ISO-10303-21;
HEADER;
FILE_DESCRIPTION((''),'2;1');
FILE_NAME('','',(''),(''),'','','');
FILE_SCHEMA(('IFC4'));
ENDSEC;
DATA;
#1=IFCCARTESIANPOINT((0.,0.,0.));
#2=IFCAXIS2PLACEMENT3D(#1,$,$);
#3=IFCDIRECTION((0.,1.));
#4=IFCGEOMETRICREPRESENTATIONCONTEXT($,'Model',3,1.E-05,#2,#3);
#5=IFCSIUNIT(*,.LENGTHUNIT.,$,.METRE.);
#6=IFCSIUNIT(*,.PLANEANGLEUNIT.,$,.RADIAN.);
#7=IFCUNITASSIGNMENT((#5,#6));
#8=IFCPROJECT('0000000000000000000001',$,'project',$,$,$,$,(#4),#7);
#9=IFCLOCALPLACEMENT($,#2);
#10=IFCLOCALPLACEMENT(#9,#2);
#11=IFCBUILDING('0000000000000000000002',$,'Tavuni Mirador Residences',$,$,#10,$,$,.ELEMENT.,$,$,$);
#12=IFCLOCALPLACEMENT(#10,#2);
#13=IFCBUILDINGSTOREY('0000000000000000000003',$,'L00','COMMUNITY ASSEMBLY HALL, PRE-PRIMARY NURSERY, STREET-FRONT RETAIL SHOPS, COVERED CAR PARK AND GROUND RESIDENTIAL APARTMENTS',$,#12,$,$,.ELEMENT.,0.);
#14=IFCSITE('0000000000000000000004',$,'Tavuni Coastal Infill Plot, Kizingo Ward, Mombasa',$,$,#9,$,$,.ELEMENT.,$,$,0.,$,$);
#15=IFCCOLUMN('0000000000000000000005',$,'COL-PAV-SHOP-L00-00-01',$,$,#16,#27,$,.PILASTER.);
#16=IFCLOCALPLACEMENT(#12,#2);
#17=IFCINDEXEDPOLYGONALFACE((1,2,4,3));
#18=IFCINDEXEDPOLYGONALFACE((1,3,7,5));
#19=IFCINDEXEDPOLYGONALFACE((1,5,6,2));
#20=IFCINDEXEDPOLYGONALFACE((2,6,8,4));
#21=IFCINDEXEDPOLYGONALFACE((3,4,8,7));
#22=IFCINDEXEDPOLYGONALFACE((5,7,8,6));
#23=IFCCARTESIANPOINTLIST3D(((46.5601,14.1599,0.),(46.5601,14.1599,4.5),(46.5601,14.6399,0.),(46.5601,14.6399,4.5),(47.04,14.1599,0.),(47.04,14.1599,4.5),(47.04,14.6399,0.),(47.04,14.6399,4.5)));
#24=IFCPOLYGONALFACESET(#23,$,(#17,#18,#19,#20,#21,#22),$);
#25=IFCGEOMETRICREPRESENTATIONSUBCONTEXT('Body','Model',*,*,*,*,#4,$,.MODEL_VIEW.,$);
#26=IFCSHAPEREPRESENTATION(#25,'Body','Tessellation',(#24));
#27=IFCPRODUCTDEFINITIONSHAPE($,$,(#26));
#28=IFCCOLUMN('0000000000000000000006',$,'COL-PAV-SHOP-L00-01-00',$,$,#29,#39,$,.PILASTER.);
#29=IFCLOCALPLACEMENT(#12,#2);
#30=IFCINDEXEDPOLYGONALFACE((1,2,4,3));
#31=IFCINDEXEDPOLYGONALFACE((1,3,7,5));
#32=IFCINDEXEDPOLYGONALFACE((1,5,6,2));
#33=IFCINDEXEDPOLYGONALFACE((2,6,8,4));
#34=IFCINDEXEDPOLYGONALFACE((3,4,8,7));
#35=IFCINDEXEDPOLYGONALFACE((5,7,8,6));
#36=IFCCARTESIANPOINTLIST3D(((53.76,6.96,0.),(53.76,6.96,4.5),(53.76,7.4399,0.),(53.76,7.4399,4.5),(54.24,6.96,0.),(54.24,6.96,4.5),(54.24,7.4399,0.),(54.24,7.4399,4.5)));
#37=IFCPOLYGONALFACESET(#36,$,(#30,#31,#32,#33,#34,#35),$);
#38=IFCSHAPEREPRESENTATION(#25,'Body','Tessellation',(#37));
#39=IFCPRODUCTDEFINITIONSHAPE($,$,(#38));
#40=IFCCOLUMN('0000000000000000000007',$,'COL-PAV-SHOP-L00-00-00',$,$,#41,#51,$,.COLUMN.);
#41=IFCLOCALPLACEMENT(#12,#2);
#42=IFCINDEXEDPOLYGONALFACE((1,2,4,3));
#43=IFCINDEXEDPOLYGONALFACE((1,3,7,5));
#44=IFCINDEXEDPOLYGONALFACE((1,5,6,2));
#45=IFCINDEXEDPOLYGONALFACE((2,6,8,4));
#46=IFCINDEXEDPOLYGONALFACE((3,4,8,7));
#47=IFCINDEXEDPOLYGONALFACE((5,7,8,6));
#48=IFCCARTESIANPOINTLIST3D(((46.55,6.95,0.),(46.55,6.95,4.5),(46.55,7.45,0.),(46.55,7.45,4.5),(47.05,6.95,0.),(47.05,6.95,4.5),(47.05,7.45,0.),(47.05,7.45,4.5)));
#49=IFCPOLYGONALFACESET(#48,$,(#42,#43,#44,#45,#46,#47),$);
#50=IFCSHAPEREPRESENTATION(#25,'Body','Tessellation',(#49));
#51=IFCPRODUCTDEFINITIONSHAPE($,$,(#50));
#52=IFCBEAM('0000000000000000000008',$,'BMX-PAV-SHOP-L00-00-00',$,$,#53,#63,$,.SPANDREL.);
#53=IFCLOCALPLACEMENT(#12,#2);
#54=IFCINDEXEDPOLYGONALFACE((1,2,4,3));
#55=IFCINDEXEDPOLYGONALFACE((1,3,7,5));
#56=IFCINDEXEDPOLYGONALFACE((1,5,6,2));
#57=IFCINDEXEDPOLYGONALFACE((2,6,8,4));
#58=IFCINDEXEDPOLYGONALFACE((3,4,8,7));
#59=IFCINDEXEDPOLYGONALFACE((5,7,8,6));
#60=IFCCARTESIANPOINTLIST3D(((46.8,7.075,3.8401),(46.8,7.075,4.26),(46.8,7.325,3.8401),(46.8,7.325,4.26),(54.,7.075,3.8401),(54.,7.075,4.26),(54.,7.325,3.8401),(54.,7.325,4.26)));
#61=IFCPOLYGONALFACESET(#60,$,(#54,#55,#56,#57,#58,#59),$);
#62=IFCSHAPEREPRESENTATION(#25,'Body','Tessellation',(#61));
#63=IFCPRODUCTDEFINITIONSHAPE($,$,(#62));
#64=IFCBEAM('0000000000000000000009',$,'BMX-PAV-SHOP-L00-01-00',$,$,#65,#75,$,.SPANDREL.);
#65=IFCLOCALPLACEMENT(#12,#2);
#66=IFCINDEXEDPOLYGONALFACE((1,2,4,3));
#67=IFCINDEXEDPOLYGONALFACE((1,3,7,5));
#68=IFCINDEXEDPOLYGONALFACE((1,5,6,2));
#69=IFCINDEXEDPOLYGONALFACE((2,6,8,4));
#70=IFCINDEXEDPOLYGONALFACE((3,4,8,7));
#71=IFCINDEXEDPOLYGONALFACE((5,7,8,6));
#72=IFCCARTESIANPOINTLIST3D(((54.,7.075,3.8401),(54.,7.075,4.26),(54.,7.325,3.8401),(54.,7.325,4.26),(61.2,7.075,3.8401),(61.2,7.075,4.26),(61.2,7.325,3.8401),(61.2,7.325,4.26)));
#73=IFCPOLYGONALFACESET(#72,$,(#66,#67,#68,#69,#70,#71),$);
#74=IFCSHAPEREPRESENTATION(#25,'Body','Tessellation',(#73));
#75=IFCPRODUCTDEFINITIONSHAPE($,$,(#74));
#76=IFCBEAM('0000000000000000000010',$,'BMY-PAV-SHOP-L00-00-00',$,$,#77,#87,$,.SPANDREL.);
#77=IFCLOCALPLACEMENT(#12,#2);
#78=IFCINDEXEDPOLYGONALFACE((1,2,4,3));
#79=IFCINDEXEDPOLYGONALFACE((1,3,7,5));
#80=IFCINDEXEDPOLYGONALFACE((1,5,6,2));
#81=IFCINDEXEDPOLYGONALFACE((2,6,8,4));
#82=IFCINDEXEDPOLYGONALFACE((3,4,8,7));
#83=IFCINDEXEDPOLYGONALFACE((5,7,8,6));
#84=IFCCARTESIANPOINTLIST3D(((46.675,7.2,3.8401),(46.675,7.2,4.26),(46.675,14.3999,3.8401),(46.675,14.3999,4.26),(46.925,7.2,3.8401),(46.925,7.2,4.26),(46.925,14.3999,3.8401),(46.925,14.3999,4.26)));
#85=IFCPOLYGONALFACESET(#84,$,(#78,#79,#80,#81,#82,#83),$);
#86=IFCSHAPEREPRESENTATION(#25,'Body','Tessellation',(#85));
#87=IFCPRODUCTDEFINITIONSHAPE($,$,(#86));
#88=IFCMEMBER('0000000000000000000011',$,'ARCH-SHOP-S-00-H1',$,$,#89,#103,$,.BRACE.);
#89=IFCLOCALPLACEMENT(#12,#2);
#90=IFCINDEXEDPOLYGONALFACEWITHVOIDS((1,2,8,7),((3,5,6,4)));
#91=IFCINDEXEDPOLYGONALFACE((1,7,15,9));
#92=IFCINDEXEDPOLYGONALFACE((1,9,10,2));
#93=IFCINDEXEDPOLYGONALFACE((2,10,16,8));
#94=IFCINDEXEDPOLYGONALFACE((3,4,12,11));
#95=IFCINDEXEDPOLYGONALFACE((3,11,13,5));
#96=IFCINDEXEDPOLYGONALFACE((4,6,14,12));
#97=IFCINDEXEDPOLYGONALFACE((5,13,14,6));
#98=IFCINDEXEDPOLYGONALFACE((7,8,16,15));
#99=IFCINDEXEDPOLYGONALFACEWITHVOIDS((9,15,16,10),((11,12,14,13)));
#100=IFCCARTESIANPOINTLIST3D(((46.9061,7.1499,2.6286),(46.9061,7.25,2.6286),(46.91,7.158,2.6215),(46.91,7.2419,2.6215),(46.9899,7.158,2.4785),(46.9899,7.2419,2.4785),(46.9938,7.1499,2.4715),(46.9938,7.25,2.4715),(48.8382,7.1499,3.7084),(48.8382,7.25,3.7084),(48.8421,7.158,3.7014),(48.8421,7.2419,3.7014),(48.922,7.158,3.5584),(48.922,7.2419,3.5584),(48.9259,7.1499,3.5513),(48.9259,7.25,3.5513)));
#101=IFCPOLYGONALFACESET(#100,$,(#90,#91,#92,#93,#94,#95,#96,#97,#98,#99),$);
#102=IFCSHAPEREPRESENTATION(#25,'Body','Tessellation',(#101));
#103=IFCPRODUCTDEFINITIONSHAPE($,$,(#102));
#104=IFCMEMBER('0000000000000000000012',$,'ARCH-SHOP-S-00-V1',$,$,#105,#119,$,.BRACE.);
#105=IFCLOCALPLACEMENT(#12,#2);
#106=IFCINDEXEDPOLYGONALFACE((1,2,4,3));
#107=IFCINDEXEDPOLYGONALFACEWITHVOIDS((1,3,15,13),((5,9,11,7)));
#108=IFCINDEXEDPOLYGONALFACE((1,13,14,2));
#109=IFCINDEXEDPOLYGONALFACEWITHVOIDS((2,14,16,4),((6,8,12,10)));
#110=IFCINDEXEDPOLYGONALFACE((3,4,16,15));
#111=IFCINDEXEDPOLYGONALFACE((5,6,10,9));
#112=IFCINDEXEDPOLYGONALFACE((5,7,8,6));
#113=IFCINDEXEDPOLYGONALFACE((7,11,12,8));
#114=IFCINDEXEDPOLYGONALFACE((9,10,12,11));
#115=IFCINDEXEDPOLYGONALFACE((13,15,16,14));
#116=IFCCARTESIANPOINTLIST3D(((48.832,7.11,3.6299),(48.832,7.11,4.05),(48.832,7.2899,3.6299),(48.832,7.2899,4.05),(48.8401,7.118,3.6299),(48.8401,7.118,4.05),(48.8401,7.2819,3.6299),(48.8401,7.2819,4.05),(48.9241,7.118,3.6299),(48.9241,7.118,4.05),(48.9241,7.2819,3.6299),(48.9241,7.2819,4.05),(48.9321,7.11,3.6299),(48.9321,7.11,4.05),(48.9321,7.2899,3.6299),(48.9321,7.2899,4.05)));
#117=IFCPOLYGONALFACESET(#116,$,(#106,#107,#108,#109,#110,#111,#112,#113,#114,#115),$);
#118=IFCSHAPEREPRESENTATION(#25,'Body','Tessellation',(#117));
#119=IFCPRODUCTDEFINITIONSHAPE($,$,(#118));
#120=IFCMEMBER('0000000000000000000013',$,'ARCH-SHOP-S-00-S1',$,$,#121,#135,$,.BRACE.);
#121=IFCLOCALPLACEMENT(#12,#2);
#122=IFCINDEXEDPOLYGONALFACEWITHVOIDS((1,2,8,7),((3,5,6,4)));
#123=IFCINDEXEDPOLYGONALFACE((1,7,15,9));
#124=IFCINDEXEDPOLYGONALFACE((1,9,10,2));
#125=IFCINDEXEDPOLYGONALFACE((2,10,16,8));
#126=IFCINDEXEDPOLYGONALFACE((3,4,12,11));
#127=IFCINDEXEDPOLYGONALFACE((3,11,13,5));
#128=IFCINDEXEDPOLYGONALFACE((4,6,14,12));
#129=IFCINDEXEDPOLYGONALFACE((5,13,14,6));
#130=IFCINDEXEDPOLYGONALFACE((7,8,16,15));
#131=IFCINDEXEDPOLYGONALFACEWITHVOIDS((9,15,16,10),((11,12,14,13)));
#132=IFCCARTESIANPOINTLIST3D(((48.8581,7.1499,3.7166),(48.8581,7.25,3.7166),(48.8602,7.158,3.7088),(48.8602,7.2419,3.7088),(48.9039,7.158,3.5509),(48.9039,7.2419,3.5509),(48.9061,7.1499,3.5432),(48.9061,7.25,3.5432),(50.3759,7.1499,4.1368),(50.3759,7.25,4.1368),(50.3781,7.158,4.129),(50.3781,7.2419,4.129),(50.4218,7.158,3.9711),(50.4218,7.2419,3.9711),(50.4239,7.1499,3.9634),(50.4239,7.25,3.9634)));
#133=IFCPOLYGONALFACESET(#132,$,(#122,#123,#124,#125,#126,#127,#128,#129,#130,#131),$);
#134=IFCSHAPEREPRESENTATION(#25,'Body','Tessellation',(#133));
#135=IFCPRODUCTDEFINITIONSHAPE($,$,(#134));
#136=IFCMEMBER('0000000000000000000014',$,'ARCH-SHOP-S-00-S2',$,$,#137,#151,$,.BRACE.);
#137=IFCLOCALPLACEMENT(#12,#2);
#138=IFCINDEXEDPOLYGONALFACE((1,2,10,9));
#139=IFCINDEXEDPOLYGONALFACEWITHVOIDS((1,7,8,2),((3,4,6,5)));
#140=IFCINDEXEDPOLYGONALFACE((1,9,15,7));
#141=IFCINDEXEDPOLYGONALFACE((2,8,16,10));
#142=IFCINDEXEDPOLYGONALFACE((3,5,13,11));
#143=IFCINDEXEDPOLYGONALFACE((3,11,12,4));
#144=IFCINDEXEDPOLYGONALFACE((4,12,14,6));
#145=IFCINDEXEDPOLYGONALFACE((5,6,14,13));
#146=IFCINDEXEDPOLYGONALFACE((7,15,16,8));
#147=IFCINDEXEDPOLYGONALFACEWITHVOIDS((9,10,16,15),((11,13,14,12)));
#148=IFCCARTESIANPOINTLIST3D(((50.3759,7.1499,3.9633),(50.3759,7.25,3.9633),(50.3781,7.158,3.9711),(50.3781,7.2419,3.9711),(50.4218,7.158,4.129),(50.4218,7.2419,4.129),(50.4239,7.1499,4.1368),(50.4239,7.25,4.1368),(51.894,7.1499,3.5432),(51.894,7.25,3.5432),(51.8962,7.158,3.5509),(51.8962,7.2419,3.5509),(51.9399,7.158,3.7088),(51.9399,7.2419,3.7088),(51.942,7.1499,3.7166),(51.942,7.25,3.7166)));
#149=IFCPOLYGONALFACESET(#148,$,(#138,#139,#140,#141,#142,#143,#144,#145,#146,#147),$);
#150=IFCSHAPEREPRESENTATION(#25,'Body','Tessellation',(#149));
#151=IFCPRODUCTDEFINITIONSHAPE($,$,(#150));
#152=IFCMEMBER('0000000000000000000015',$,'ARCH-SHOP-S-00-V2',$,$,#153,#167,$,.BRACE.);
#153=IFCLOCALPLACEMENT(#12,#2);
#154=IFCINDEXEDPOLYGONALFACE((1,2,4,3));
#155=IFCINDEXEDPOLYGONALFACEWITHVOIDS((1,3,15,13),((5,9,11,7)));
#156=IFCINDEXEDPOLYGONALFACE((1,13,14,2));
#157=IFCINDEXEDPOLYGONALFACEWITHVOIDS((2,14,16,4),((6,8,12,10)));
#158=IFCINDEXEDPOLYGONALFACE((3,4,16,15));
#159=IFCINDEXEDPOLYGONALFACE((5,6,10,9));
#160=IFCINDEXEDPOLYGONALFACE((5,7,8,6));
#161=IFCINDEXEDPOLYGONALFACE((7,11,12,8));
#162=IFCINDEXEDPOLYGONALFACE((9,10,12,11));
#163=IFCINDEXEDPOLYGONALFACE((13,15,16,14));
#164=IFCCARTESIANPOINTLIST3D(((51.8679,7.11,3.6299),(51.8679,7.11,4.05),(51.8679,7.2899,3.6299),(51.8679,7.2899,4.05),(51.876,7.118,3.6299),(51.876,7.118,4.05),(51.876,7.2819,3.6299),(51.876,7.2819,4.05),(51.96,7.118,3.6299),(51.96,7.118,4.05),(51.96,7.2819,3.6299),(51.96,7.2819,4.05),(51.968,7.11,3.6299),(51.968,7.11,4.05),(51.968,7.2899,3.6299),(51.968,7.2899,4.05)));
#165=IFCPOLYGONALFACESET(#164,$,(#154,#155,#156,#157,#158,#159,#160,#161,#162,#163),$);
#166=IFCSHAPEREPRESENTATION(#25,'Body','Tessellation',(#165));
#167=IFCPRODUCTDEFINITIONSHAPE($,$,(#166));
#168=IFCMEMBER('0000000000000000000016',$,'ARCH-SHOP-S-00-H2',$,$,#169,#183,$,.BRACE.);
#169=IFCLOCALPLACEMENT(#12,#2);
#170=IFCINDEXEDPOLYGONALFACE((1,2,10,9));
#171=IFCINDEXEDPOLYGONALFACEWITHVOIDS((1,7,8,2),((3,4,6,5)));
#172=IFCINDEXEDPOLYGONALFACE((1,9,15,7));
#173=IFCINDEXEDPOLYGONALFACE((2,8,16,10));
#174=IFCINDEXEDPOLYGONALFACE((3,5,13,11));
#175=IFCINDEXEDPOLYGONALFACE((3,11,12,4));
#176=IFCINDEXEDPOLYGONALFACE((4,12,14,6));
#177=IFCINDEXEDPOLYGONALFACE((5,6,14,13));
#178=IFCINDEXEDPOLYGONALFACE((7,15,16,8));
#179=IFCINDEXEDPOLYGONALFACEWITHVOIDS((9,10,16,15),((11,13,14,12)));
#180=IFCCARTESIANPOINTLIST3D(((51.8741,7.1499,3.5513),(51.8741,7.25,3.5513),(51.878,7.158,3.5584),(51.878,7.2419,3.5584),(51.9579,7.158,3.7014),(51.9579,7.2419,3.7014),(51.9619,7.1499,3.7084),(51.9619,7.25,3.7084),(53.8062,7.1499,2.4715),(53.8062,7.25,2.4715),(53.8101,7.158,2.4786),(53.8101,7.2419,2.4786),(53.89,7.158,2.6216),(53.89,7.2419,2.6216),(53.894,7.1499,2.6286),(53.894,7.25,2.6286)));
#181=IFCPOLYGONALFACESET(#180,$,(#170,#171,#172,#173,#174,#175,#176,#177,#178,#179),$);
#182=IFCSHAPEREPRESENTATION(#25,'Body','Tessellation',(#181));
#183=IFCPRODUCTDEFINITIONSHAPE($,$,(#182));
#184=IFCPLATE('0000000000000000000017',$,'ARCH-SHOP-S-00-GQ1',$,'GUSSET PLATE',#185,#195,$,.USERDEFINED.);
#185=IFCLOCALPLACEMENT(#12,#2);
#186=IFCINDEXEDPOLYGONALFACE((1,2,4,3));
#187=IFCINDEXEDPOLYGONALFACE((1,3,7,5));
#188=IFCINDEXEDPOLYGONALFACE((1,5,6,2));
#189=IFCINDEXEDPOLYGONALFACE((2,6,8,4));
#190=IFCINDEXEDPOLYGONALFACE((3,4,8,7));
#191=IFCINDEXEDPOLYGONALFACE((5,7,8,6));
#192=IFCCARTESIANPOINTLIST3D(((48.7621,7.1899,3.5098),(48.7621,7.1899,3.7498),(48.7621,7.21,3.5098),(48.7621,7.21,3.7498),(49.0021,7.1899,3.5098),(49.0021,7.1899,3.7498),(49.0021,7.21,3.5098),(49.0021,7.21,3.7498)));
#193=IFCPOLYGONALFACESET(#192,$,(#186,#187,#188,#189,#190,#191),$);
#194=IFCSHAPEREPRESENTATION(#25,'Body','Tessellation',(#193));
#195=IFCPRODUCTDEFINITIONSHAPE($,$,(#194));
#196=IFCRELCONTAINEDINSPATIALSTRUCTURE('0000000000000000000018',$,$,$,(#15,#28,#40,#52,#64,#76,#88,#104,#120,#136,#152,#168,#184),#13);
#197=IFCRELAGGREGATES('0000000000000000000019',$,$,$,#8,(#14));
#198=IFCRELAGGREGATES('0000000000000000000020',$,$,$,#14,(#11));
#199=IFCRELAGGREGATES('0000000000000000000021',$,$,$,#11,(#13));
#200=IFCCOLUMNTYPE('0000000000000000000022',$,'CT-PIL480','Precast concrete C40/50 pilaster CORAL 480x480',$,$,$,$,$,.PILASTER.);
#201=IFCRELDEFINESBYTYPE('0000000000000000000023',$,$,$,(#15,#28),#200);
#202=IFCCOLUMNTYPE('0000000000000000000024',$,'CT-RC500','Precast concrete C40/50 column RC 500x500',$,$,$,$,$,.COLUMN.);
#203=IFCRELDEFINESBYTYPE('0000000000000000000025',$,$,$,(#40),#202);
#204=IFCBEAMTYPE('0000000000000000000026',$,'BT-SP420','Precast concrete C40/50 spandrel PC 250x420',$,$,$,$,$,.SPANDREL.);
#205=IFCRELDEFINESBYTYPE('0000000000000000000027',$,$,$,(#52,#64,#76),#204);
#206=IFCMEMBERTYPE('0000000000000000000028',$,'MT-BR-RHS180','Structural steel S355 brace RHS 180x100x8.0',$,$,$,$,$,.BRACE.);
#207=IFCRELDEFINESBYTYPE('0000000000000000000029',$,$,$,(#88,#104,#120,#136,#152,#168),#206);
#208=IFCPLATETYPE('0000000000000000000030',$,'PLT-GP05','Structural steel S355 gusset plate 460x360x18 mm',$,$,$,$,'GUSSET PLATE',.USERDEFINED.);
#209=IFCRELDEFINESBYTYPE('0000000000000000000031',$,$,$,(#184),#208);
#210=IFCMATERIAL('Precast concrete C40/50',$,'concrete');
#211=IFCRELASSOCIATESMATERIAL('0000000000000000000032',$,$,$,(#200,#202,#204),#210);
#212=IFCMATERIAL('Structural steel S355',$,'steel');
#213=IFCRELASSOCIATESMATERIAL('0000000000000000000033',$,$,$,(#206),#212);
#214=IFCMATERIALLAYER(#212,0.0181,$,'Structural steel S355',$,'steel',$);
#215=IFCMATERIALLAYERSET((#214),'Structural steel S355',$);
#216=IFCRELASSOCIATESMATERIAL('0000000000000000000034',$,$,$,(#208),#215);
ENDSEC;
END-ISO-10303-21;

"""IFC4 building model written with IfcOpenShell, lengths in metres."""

from ifc_helpers import new_model, si_unit, direction, frame, origin, origin_2d, place, context, subcontext, project, spatial, rectangle, hollow_rectangle, extrude, material, layer, layer_set, material_profile, profile_set, type_object, element, save


model = new_model("IFC4")

# Units and contexts
model_context = context("Model", 3, precision=1e-05, world=origin(), true_north=direction((0.0, 1.0)))
body_context = subcontext(model_context, "Body", "Model", "MODEL_VIEW")
ifc_project = project(units=[si_unit("LENGTHUNIT", "METRE"), si_unit("PLANEANGLEUNIT", "RADIAN")], contexts=[model_context])

# Site, building, storey
site_placement = place(None, origin())
site = spatial("IfcSite", under=ifc_project, at=site_placement, Name="Tavuni Coastal Infill Plot, Kizingo Ward, Mombasa", CompositionType="ELEMENT", RefElevation=0.0)
building_placement = place(site_placement, origin())
building = spatial("IfcBuilding", under=site, at=building_placement, Name="Tavuni Mirador Residences", CompositionType="ELEMENT")
storey_placement = place(building_placement, origin())
storey = spatial("IfcBuildingStorey", under=building, at=storey_placement, Name="L00", Description="COMMUNITY ASSEMBLY HALL, PRE-PRIMARY NURSERY, STREET-FRONT RETAIL SHOPS, COVERED CAR PARK AND GROUND RESIDENTIAL APARTMENTS", CompositionType="ELEMENT", Elevation=0.0)

# Columns
ifc_material_1 = material(Name="Precast concrete C40/50", Category="concrete")
ifc_material_profile_1 = material_profile(ifc_material_1, rectangle(XDim=0.48, YDim=0.48, at=origin_2d()), Name="CORAL 480x480", Category="concrete")
ifc_profile_set_1 = profile_set([ifc_material_profile_1], Name="Precast concrete C40/50")
column_type_1 = type_object("IfcColumnType", Name="CT-PIL480", Description="Precast concrete C40/50 pilaster CORAL 480x480", PredefinedType="PILASTER", material=ifc_profile_set_1)
for number, where, z_axis, x_axis, name in (
    (1, (46.8, 14.3999, 0.0), (0.0, 0.0, 1.0), (1.0, 0.0, 0.0), "COL-PAV-SHOP-L00-00-01"),
    (2, (54.0, 7.2, 0.0), (0.0, 0.0, 1.0), (1.0, 0.0, 0.0), "COL-PAV-SHOP-L00-01-00"),
):
    element("IfcColumn", number, at=place(storey_placement, frame(where, z_axis=z_axis, x_axis=x_axis)), inside=storey, type_object=column_type_1, Name=name, PredefinedType="PILASTER", context=body_context, shape_type="SweptSolid", body=[
        extrude(rectangle(XDim=0.48, YDim=0.48, at=origin_2d()), origin(), (0.0, 0.0, 1.0), 4.5),
    ])
ifc_material_profile_2 = material_profile(ifc_material_1, rectangle(XDim=0.5, YDim=0.5, at=origin_2d()), Name="RC 500x500", Category="concrete")
ifc_profile_set_2 = profile_set([ifc_material_profile_2], Name="Precast concrete C40/50")
column_type_2 = type_object("IfcColumnType", Name="CT-RC500", Description="Precast concrete C40/50 column RC 500x500", PredefinedType="COLUMN", material=ifc_profile_set_2)
column_placement = place(storey_placement, frame((46.8, 7.2, 0.0), z_axis=(0.0, 0.0, 1.0), x_axis=(1.0, 0.0, 0.0)))
element("IfcColumn", 3, at=column_placement, inside=storey, type_object=column_type_2, Name="COL-PAV-SHOP-L00-00-00", PredefinedType="COLUMN", context=body_context, shape_type="SweptSolid", body=[
    extrude(rectangle(XDim=0.5, YDim=0.5, at=origin_2d()), origin(), (0.0, 0.0, 1.0), 4.5),
])

# Beams
ifc_material_profile_3 = material_profile(ifc_material_1, rectangle(XDim=0.25, YDim=0.4199, at=origin_2d()), Name="PC 250x420", Category="concrete")
ifc_profile_set_3 = profile_set([ifc_material_profile_3], Name="Precast concrete C40/50")
beam_type = type_object("IfcBeamType", Name="BT-SP420", Description="Precast concrete C40/50 spandrel PC 250x420", PredefinedType="SPANDREL", material=ifc_profile_set_3)
for number, where, z_axis, x_axis, name in (
    (4, (46.8, 7.2, 4.05), (1.0, 0.0, 0.0), (0.0, 1.0, 0.0), "BMX-PAV-SHOP-L00-00-00"),
    (5, (54.0, 7.2, 4.05), (1.0, 0.0, 0.0), (0.0, 1.0, 0.0), "BMX-PAV-SHOP-L00-01-00"),
    (6, (46.8, 7.2, 4.05), (0.0, 1.0, 0.0), (-1.0, 0.0, 0.0), "BMY-PAV-SHOP-L00-00-00"),
):
    element("IfcBeam", number, at=place(storey_placement, frame(where, z_axis=z_axis, x_axis=x_axis)), inside=storey, type_object=beam_type, Name=name, PredefinedType="SPANDREL", context=body_context, shape_type="SweptSolid", body=[
        extrude(rectangle(XDim=0.25, YDim=0.4199, at=origin_2d()), origin(), (0.0, 0.0, 1.0), 7.2),
    ])

# Members
ifc_material_2 = material(Name="Structural steel S355", Category="steel")
ifc_material_profile_4 = material_profile(ifc_material_2, hollow_rectangle(XDim=0.1001, YDim=0.1799, WallThickness=0.0081, at=origin_2d()), Name="RHS 180x100x8.0", Category="steel")
ifc_profile_set_4 = profile_set([ifc_material_profile_4], Name="Structural steel S355")
member_type = type_object("IfcMemberType", Name="MT-BR-RHS180", Description="Structural steel S355 brace RHS 180x100x8.0", PredefinedType="BRACE", material=ifc_profile_set_4)
member_1_placement = place(storey_placement, frame((46.95, 7.2, 2.55), z_axis=(0.872921, 0.0, 0.487861), x_axis=(0.0, 1.0, 0.0)))
element("IfcMember", 7, at=member_1_placement, inside=storey, type_object=member_type, Name="ARCH-SHOP-S-00-H1", PredefinedType="BRACE", context=body_context, shape_type="SweptSolid", body=[
    extrude(hollow_rectangle(XDim=0.1001, YDim=0.1799, WallThickness=0.0081, at=origin_2d()), origin(), (0.0, 0.0, 1.0), 2.2134),
])
member_2_placement = place(storey_placement, frame((48.8821, 7.2, 3.6299), z_axis=(0.0, 0.0, 1.0), x_axis=(1.0, 0.0, 0.0)))
element("IfcMember", 8, at=member_2_placement, inside=storey, type_object=member_type, Name="ARCH-SHOP-S-00-V1", PredefinedType="BRACE", context=body_context, shape_type="SweptSolid", body=[
    extrude(hollow_rectangle(XDim=0.1001, YDim=0.1799, WallThickness=0.0081, at=origin_2d()), origin(), (0.0, 0.0, 1.0), 0.4202),
])
member_3_placement = place(storey_placement, frame((48.8821, 7.2, 3.6299), z_axis=(0.963755, 0.0, 0.266788), x_axis=(0.0, 1.0, 0.0)))
element("IfcMember", 9, at=member_3_placement, inside=storey, type_object=member_type, Name="ARCH-SHOP-S-00-S1", PredefinedType="BRACE", context=body_context, shape_type="SweptSolid", body=[
    extrude(hollow_rectangle(XDim=0.1001, YDim=0.1799, WallThickness=0.0081, at=origin_2d()), origin(), (0.0, 0.0, 1.0), 1.575),
])
member_4_placement = place(storey_placement, frame((50.3999, 7.2, 4.05), z_axis=(0.963766, 0.0, -0.266748), x_axis=(0.0, 1.0, 0.0)))
element("IfcMember", 10, at=member_4_placement, inside=storey, type_object=member_type, Name="ARCH-SHOP-S-00-S2", PredefinedType="BRACE", context=body_context, shape_type="SweptSolid", body=[
    extrude(hollow_rectangle(XDim=0.1001, YDim=0.1799, WallThickness=0.0081, at=origin_2d()), origin(), (0.0, 0.0, 1.0), 1.5752),
])
member_5_placement = place(storey_placement, frame((51.918, 7.2, 3.6299), z_axis=(0.0, 0.0, 1.0), x_axis=(1.0, 0.0, 0.0)))
element("IfcMember", 11, at=member_5_placement, inside=storey, type_object=member_type, Name="ARCH-SHOP-S-00-V2", PredefinedType="BRACE", context=body_context, shape_type="SweptSolid", body=[
    extrude(hollow_rectangle(XDim=0.1001, YDim=0.1799, WallThickness=0.0081, at=origin_2d()), origin(), (0.0, 0.0, 1.0), 0.4202),
])
member_6_placement = place(storey_placement, frame((51.918, 7.2, 3.6299), z_axis=(0.872921, 0.0, -0.487861), x_axis=(0.0, 1.0, 0.0)))
element("IfcMember", 12, at=member_6_placement, inside=storey, type_object=member_type, Name="ARCH-SHOP-S-00-H2", PredefinedType="BRACE", context=body_context, shape_type="SweptSolid", body=[
    extrude(hollow_rectangle(XDim=0.1001, YDim=0.1799, WallThickness=0.0081, at=origin_2d()), origin(), (0.0, 0.0, 1.0), 2.2134),
])

# Plate
ifc_layer_1 = layer(ifc_material_2, 0.0181, Name="Structural steel S355", Category="steel")
ifc_layer_set_1 = layer_set([ifc_layer_1], Name="Structural steel S355")
plate_type = type_object("IfcPlateType", Name="PLT-GP05", Description="Structural steel S355 gusset plate 460x360x18 mm", ElementType="GUSSET PLATE", PredefinedType="USERDEFINED", material=ifc_layer_set_1)
for number, where, z_axis, x_axis, name in (
    (13, (48.8821, 7.2, 3.5098), (0.0, 0.0, 1.0), (1.0, 0.0, 0.0), "ARCH-SHOP-S-00-GQ1"),
):
    element("IfcPlate", number, at=place(storey_placement, frame(where, z_axis=z_axis, x_axis=x_axis)), inside=storey, type_object=plate_type, Name=name, ObjectType="GUSSET PLATE", PredefinedType="USERDEFINED", context=body_context, shape_type="SweptSolid", body=[
        extrude(rectangle(XDim=0.24, YDim=0.02, at=origin_2d()), origin(), (0.0, 0.0, 1.0), 0.24),
    ])

save(model, "model.ifc")
